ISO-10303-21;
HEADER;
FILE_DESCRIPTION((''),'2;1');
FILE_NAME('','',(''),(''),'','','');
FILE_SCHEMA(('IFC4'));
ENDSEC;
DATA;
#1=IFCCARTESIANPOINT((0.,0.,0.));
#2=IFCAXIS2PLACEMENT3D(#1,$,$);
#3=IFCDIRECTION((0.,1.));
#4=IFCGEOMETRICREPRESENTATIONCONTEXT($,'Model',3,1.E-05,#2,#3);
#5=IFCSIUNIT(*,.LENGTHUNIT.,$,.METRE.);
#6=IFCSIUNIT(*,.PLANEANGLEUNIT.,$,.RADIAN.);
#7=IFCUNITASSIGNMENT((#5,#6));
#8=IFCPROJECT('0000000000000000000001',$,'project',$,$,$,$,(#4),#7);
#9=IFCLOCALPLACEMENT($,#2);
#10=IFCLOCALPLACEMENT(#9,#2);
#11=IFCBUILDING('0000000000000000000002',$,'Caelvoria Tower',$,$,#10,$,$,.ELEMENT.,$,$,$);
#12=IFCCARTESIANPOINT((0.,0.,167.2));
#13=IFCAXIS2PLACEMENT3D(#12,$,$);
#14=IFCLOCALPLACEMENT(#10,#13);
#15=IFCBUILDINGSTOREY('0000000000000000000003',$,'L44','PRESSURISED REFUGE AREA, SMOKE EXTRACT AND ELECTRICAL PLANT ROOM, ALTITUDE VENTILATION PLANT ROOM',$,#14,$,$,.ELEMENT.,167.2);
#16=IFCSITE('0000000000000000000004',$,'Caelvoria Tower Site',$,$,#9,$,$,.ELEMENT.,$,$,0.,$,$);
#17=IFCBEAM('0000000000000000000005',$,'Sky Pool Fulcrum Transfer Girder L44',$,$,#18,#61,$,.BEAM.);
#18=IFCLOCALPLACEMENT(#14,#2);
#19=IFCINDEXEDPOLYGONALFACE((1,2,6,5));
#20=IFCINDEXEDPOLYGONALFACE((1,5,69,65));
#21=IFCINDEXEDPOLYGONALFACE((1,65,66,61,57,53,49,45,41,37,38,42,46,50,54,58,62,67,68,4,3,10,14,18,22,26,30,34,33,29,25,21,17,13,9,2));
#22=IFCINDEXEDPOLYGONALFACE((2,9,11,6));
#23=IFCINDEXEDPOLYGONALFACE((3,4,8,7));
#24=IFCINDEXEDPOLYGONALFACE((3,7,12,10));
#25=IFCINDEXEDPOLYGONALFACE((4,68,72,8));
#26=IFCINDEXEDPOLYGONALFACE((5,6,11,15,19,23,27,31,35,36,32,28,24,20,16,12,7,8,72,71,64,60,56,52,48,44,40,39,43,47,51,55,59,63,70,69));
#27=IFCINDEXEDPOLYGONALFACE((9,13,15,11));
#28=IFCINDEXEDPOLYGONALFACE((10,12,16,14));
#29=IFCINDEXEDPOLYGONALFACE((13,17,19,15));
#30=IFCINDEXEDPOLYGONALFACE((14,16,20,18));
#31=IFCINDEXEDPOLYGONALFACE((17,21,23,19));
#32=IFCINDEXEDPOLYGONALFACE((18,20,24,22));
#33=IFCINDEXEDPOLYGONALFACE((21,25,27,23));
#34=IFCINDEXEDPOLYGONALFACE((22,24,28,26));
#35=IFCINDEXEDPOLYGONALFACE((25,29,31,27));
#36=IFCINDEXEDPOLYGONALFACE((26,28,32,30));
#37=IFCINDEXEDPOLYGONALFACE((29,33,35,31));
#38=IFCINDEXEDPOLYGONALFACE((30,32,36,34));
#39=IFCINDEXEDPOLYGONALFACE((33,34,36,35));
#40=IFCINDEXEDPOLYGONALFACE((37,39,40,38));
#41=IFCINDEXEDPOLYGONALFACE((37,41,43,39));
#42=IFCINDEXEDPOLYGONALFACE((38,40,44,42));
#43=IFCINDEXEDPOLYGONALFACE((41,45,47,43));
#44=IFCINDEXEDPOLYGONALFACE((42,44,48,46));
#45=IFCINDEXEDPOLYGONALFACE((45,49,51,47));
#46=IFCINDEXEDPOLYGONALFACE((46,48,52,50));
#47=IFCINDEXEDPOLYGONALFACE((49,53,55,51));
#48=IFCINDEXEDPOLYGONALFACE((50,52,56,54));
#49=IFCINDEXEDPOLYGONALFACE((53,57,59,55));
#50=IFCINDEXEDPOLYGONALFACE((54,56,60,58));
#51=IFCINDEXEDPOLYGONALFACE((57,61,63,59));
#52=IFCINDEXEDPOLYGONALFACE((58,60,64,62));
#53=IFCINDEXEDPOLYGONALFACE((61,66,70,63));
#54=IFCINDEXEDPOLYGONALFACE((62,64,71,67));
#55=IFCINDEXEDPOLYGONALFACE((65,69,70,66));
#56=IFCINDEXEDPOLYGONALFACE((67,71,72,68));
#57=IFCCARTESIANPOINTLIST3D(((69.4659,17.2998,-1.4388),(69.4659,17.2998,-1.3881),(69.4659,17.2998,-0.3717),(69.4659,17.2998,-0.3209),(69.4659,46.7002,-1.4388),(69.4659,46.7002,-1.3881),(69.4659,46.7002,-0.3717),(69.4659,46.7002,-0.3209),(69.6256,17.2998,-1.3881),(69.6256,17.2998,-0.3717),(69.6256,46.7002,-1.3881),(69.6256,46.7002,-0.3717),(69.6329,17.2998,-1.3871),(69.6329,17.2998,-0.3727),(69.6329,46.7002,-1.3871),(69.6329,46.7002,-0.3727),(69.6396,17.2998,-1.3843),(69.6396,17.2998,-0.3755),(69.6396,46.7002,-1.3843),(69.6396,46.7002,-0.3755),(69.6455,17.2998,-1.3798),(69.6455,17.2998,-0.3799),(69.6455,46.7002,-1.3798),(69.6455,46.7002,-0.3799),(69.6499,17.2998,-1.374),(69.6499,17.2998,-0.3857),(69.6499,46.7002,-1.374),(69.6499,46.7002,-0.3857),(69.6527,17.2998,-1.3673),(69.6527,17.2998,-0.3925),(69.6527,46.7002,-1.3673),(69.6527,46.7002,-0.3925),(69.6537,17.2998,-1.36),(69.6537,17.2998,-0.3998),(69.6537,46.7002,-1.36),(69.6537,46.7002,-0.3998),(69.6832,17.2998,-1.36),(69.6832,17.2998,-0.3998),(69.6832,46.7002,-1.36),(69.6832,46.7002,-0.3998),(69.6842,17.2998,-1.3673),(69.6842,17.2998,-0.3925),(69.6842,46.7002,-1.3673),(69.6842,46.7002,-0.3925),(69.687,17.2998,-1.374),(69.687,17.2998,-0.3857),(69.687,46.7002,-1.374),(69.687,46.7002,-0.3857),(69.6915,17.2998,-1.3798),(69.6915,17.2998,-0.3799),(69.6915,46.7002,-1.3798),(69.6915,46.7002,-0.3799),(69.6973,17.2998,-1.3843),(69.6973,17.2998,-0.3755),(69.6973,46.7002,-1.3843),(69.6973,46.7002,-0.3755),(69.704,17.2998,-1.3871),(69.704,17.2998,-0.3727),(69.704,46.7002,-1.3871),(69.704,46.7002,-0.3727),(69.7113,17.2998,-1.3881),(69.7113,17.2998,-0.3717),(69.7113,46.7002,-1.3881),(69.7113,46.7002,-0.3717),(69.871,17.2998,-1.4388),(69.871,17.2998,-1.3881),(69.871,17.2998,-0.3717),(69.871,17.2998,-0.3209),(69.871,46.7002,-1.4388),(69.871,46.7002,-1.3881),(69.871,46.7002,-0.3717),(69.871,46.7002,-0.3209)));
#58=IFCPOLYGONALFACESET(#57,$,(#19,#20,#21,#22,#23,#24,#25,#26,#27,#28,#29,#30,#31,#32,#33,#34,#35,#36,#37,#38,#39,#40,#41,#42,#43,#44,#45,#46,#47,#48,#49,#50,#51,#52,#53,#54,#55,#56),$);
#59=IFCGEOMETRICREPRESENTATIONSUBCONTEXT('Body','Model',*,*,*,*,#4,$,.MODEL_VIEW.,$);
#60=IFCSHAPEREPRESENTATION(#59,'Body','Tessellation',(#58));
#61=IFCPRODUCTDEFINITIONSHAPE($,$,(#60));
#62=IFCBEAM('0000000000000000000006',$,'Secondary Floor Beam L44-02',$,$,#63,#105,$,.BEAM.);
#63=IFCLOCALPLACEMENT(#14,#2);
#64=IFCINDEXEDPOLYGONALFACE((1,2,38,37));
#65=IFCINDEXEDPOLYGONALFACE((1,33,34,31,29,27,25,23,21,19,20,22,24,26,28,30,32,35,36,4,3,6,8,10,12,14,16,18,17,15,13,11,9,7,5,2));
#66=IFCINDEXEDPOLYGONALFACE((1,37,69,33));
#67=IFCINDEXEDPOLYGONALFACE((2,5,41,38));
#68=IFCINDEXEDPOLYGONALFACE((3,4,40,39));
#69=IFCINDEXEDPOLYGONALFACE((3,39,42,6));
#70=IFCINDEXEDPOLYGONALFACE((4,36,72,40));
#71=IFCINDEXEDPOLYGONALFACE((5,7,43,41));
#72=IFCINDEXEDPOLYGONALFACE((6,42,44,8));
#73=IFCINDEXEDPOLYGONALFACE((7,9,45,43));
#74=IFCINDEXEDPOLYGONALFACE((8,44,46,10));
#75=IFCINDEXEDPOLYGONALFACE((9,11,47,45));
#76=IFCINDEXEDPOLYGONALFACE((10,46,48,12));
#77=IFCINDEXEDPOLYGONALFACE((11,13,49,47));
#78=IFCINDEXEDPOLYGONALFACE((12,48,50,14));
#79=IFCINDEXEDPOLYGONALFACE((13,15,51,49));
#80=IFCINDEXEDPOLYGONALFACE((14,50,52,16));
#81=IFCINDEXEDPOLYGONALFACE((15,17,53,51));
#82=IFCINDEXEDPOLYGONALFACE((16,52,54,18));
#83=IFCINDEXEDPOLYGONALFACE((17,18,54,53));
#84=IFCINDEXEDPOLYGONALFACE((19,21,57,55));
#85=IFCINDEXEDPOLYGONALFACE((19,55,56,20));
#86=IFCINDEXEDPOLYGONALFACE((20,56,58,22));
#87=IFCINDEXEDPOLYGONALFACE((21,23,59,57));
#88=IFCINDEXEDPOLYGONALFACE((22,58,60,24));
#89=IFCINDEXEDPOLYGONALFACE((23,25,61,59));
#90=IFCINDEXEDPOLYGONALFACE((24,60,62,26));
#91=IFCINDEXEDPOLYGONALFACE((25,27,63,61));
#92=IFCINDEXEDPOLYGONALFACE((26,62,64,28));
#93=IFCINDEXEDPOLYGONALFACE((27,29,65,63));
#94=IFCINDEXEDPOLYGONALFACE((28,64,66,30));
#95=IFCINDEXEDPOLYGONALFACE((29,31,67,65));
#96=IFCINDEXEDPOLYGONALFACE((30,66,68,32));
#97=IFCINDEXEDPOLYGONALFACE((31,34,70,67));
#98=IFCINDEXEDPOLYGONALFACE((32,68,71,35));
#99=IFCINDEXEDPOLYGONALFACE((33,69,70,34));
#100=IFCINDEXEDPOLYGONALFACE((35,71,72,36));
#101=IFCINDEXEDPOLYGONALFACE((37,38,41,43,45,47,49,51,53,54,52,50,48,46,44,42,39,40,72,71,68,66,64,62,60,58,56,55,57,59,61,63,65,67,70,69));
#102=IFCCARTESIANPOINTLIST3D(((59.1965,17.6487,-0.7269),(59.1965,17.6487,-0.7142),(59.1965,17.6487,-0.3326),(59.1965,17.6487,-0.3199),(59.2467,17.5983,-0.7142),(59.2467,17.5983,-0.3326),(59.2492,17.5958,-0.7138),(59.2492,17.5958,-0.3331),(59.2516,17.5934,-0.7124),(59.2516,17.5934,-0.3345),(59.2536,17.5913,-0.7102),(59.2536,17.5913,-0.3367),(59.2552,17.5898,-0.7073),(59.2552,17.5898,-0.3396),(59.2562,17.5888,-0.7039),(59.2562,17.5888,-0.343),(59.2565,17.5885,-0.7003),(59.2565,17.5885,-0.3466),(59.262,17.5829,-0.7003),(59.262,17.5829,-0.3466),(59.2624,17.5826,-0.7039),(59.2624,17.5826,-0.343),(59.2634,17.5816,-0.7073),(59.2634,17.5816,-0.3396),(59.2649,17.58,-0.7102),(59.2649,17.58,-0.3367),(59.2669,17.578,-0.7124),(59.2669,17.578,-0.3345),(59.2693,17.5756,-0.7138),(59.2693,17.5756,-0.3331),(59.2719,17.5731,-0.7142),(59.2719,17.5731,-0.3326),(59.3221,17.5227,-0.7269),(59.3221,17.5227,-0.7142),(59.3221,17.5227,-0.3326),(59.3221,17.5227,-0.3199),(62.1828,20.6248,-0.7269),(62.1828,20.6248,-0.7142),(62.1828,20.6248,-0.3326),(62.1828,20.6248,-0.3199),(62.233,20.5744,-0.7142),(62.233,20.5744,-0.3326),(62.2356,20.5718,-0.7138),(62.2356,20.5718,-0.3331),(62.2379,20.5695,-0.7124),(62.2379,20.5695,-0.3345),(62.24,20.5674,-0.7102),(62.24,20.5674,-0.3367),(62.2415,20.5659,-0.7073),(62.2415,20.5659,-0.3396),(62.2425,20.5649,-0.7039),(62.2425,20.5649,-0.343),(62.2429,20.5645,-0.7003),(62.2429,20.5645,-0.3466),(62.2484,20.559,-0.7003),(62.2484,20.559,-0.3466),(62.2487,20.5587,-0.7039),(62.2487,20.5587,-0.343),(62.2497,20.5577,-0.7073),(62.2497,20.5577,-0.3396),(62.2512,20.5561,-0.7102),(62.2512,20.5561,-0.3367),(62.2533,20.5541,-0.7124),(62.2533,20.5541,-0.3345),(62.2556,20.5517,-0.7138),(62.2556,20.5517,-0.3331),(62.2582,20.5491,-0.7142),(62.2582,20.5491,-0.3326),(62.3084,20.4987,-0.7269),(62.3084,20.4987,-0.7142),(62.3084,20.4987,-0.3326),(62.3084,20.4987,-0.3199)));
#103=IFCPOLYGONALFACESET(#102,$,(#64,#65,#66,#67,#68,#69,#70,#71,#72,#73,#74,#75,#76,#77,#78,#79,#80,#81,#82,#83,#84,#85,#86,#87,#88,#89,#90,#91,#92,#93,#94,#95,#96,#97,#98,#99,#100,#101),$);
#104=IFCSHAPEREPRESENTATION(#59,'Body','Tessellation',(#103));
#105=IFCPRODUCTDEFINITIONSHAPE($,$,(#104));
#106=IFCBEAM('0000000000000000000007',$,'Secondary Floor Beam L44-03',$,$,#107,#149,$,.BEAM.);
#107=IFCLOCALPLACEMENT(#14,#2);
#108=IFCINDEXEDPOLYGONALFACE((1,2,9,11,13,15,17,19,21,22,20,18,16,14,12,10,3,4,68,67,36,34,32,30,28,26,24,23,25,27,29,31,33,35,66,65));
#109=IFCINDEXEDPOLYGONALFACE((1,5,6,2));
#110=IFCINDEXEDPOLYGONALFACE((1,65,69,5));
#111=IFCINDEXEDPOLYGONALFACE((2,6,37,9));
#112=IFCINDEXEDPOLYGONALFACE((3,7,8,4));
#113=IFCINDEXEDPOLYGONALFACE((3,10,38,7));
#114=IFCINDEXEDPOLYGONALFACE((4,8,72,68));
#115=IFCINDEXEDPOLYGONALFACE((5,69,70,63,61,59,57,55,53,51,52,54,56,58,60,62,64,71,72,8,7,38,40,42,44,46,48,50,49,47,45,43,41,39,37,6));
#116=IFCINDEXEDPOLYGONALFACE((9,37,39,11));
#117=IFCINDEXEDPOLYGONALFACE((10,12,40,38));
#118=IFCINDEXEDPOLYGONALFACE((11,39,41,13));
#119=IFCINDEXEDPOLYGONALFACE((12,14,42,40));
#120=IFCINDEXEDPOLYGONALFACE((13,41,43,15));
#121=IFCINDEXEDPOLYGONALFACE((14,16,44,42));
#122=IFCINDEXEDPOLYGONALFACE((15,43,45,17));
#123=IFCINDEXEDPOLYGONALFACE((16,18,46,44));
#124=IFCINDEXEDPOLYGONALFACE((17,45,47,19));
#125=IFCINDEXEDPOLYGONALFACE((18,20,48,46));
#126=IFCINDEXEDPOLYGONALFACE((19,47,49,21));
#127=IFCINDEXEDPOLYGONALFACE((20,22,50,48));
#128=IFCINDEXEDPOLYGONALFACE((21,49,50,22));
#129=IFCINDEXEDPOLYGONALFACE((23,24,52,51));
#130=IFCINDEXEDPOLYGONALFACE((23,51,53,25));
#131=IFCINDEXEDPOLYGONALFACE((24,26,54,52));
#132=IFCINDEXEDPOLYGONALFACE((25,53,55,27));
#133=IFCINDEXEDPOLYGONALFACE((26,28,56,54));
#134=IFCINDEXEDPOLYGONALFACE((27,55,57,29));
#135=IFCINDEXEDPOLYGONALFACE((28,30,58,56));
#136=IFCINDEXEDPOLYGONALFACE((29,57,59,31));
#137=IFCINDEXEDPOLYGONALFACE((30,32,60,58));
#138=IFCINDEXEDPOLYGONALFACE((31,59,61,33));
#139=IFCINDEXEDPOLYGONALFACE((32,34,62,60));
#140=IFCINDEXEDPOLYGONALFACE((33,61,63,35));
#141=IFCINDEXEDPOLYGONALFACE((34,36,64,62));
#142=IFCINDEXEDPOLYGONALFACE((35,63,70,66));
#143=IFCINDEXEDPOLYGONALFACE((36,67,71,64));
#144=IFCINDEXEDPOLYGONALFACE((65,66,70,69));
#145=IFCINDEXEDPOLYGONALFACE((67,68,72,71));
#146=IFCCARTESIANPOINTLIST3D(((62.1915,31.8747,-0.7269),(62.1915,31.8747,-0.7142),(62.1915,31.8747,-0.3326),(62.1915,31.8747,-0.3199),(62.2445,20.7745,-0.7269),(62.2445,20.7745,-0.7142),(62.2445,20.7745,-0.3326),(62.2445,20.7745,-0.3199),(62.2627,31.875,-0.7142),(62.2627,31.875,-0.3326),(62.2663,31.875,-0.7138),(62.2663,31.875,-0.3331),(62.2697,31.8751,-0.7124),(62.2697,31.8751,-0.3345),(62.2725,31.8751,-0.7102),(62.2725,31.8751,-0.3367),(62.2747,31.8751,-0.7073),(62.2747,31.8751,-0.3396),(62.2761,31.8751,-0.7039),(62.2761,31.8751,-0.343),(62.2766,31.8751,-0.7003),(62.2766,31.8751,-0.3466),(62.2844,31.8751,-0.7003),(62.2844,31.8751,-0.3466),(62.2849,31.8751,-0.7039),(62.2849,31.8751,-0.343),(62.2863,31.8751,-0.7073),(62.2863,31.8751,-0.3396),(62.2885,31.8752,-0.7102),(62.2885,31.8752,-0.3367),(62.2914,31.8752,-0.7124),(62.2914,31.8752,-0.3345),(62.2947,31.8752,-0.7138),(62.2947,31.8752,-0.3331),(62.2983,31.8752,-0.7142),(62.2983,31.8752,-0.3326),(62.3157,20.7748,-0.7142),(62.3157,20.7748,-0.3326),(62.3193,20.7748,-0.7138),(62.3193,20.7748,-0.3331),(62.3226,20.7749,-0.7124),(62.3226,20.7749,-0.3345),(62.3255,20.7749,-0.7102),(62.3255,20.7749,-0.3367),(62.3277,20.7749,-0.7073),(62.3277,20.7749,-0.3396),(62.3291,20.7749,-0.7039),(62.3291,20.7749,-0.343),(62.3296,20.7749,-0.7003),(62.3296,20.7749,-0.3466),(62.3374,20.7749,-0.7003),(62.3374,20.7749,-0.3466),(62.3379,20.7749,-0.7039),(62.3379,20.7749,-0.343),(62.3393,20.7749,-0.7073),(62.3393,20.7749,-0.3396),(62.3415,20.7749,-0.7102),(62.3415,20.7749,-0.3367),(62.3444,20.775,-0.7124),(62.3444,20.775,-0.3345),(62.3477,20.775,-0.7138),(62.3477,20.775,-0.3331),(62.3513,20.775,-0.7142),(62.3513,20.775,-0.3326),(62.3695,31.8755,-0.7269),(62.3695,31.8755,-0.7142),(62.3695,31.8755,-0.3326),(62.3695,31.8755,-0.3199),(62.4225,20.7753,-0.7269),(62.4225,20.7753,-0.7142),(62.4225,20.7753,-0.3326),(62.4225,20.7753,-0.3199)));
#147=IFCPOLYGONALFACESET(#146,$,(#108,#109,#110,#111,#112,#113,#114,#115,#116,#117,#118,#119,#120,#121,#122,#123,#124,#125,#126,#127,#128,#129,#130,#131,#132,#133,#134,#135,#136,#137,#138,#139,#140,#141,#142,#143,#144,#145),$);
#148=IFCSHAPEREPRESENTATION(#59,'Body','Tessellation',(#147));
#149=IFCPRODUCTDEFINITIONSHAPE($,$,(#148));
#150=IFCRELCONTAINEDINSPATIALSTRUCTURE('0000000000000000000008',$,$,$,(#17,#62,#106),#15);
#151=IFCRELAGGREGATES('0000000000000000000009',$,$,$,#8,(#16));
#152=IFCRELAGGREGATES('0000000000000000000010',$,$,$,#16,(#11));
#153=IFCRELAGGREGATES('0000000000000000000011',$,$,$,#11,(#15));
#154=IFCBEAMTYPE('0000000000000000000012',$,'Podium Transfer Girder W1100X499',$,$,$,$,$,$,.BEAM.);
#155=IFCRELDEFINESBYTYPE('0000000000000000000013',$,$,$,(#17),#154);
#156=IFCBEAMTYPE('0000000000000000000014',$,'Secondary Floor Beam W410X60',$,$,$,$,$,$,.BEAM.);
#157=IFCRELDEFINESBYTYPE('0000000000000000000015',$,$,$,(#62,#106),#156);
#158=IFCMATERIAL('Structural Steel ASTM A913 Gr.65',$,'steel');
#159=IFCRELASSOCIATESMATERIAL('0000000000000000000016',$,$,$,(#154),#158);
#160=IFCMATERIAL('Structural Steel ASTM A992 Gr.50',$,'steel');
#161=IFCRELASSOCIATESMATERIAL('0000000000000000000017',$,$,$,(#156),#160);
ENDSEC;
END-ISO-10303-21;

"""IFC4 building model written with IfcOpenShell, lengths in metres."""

from ifc_helpers import new_model, si_unit, direction, frame, origin, origin_2d, place, context, subcontext, project, spatial, i_section, extrude, material, material_profile, profile_set, type_object, element, save


model = new_model("IFC4")

# Units and contexts
model_context = context("Model", 3, precision=1e-05, world=origin(), true_north=direction((0.0, 1.0)))
body_context = subcontext(model_context, "Body", "Model", "MODEL_VIEW")
ifc_project = project(units=[si_unit("LENGTHUNIT", "METRE"), si_unit("PLANEANGLEUNIT", "RADIAN")], contexts=[model_context])

# Site, building, storey
site_placement = place(None, origin())
site = spatial("IfcSite", under=ifc_project, at=site_placement, Name="Caelvoria Tower Site", CompositionType="ELEMENT", RefElevation=0.0)
building_placement = place(site_placement, origin())
building = spatial("IfcBuilding", under=site, at=building_placement, Name="Caelvoria Tower", CompositionType="ELEMENT")
storey_placement = place(building_placement, frame((0.0, 0.0, 167.2)))
storey = spatial("IfcBuildingStorey", under=building, at=storey_placement, Name="L44", Description="PRESSURISED REFUGE AREA, SMOKE EXTRACT AND ELECTRICAL PLANT ROOM, ALTITUDE VENTILATION PLANT ROOM", CompositionType="ELEMENT", Elevation=167.2)

# Shared definitions
ifc_material_1 = material(Name="Structural Steel ASTM A992 Gr.50", Category="steel")

# Beams
ifc_material_2 = material(Name="Structural Steel ASTM A913 Gr.65", Category="steel")
ifc_material_profile_1 = material_profile(ifc_material_2, i_section(OverallWidth=0.405, OverallDepth=1.1179, WebThickness=0.0295, FlangeThickness=0.0508, FilletRadius=0.0281, at=origin_2d()), Name="Structural Steel ASTM A913 Gr.65")
ifc_profile_set_1 = profile_set([ifc_material_profile_1], Name="W1100X499 - Structural Steel ASTM A913 Gr.65")
beam_type_1 = type_object("IfcBeamType", Name="Podium Transfer Girder W1100X499", PredefinedType="BEAM", material=ifc_profile_set_1)
beam_1_placement = place(storey_placement, frame((69.6685, 17.2998, -0.8799), z_axis=(0.0, 1.0, 0.0), x_axis=(-1.0, 0.0, 0.0)))
element("IfcBeam", 1, at=beam_1_placement, inside=storey, type_object=beam_type_1, Name="Sky Pool Fulcrum Transfer Girder L44", PredefinedType="BEAM", context=body_context, shape_type="SweptSolid", body=[
    extrude(i_section(OverallWidth=0.405, OverallDepth=1.1179, WebThickness=0.0295, FlangeThickness=0.0508, FilletRadius=0.0281, at=origin_2d()), origin(), (0.0, 0.0, 1.0), 29.4004),
])
ifc_material_profile_2 = material_profile(ifc_material_1, i_section(OverallWidth=0.178, OverallDepth=0.407, WebThickness=0.0078, FlangeThickness=0.0127, FilletRadius=0.0139, at=origin_2d()), Name="Structural Steel ASTM A992 Gr.50")
ifc_profile_set_2 = profile_set([ifc_material_profile_2], Name="W410X60 - Structural Steel ASTM A992 Gr.50")
beam_type_2 = type_object("IfcBeamType", Name="Secondary Floor Beam W410X60", PredefinedType="BEAM", material=ifc_profile_set_2)
beam_2_placement = place(storey_placement, frame((59.2593, 17.5857, -0.5234), z_axis=(0.708322, 0.70589, 0.0), x_axis=(-0.70589, 0.708322, 0.0)))
element("IfcBeam", 2, at=beam_2_placement, inside=storey, type_object=beam_type_2, Name="Secondary Floor Beam L44-02", PredefinedType="BEAM", context=body_context, shape_type="SweptSolid", body=[
    extrude(i_section(OverallWidth=0.178, OverallDepth=0.407, WebThickness=0.0078, FlangeThickness=0.0127, FilletRadius=0.0139, at=origin_2d()), origin(), (0.0, 0.0, 1.0), 4.2161),
])
beam_3_placement = place(storey_placement, frame((62.3335, 20.7749, -0.5234), z_axis=(-0.004773, 0.999989, 0.0), x_axis=(-0.999989, -0.004773, 0.0)))
element("IfcBeam", 3, at=beam_3_placement, inside=storey, type_object=beam_type_2, Name="Secondary Floor Beam L44-03", PredefinedType="BEAM", context=body_context, shape_type="SweptSolid", body=[
    extrude(i_section(OverallWidth=0.178, OverallDepth=0.407, WebThickness=0.0078, FlangeThickness=0.0127, FilletRadius=0.0139, at=origin_2d()), origin(), (0.0, 0.0, 1.0), 11.1003),
])

save(model, "model.ifc")
